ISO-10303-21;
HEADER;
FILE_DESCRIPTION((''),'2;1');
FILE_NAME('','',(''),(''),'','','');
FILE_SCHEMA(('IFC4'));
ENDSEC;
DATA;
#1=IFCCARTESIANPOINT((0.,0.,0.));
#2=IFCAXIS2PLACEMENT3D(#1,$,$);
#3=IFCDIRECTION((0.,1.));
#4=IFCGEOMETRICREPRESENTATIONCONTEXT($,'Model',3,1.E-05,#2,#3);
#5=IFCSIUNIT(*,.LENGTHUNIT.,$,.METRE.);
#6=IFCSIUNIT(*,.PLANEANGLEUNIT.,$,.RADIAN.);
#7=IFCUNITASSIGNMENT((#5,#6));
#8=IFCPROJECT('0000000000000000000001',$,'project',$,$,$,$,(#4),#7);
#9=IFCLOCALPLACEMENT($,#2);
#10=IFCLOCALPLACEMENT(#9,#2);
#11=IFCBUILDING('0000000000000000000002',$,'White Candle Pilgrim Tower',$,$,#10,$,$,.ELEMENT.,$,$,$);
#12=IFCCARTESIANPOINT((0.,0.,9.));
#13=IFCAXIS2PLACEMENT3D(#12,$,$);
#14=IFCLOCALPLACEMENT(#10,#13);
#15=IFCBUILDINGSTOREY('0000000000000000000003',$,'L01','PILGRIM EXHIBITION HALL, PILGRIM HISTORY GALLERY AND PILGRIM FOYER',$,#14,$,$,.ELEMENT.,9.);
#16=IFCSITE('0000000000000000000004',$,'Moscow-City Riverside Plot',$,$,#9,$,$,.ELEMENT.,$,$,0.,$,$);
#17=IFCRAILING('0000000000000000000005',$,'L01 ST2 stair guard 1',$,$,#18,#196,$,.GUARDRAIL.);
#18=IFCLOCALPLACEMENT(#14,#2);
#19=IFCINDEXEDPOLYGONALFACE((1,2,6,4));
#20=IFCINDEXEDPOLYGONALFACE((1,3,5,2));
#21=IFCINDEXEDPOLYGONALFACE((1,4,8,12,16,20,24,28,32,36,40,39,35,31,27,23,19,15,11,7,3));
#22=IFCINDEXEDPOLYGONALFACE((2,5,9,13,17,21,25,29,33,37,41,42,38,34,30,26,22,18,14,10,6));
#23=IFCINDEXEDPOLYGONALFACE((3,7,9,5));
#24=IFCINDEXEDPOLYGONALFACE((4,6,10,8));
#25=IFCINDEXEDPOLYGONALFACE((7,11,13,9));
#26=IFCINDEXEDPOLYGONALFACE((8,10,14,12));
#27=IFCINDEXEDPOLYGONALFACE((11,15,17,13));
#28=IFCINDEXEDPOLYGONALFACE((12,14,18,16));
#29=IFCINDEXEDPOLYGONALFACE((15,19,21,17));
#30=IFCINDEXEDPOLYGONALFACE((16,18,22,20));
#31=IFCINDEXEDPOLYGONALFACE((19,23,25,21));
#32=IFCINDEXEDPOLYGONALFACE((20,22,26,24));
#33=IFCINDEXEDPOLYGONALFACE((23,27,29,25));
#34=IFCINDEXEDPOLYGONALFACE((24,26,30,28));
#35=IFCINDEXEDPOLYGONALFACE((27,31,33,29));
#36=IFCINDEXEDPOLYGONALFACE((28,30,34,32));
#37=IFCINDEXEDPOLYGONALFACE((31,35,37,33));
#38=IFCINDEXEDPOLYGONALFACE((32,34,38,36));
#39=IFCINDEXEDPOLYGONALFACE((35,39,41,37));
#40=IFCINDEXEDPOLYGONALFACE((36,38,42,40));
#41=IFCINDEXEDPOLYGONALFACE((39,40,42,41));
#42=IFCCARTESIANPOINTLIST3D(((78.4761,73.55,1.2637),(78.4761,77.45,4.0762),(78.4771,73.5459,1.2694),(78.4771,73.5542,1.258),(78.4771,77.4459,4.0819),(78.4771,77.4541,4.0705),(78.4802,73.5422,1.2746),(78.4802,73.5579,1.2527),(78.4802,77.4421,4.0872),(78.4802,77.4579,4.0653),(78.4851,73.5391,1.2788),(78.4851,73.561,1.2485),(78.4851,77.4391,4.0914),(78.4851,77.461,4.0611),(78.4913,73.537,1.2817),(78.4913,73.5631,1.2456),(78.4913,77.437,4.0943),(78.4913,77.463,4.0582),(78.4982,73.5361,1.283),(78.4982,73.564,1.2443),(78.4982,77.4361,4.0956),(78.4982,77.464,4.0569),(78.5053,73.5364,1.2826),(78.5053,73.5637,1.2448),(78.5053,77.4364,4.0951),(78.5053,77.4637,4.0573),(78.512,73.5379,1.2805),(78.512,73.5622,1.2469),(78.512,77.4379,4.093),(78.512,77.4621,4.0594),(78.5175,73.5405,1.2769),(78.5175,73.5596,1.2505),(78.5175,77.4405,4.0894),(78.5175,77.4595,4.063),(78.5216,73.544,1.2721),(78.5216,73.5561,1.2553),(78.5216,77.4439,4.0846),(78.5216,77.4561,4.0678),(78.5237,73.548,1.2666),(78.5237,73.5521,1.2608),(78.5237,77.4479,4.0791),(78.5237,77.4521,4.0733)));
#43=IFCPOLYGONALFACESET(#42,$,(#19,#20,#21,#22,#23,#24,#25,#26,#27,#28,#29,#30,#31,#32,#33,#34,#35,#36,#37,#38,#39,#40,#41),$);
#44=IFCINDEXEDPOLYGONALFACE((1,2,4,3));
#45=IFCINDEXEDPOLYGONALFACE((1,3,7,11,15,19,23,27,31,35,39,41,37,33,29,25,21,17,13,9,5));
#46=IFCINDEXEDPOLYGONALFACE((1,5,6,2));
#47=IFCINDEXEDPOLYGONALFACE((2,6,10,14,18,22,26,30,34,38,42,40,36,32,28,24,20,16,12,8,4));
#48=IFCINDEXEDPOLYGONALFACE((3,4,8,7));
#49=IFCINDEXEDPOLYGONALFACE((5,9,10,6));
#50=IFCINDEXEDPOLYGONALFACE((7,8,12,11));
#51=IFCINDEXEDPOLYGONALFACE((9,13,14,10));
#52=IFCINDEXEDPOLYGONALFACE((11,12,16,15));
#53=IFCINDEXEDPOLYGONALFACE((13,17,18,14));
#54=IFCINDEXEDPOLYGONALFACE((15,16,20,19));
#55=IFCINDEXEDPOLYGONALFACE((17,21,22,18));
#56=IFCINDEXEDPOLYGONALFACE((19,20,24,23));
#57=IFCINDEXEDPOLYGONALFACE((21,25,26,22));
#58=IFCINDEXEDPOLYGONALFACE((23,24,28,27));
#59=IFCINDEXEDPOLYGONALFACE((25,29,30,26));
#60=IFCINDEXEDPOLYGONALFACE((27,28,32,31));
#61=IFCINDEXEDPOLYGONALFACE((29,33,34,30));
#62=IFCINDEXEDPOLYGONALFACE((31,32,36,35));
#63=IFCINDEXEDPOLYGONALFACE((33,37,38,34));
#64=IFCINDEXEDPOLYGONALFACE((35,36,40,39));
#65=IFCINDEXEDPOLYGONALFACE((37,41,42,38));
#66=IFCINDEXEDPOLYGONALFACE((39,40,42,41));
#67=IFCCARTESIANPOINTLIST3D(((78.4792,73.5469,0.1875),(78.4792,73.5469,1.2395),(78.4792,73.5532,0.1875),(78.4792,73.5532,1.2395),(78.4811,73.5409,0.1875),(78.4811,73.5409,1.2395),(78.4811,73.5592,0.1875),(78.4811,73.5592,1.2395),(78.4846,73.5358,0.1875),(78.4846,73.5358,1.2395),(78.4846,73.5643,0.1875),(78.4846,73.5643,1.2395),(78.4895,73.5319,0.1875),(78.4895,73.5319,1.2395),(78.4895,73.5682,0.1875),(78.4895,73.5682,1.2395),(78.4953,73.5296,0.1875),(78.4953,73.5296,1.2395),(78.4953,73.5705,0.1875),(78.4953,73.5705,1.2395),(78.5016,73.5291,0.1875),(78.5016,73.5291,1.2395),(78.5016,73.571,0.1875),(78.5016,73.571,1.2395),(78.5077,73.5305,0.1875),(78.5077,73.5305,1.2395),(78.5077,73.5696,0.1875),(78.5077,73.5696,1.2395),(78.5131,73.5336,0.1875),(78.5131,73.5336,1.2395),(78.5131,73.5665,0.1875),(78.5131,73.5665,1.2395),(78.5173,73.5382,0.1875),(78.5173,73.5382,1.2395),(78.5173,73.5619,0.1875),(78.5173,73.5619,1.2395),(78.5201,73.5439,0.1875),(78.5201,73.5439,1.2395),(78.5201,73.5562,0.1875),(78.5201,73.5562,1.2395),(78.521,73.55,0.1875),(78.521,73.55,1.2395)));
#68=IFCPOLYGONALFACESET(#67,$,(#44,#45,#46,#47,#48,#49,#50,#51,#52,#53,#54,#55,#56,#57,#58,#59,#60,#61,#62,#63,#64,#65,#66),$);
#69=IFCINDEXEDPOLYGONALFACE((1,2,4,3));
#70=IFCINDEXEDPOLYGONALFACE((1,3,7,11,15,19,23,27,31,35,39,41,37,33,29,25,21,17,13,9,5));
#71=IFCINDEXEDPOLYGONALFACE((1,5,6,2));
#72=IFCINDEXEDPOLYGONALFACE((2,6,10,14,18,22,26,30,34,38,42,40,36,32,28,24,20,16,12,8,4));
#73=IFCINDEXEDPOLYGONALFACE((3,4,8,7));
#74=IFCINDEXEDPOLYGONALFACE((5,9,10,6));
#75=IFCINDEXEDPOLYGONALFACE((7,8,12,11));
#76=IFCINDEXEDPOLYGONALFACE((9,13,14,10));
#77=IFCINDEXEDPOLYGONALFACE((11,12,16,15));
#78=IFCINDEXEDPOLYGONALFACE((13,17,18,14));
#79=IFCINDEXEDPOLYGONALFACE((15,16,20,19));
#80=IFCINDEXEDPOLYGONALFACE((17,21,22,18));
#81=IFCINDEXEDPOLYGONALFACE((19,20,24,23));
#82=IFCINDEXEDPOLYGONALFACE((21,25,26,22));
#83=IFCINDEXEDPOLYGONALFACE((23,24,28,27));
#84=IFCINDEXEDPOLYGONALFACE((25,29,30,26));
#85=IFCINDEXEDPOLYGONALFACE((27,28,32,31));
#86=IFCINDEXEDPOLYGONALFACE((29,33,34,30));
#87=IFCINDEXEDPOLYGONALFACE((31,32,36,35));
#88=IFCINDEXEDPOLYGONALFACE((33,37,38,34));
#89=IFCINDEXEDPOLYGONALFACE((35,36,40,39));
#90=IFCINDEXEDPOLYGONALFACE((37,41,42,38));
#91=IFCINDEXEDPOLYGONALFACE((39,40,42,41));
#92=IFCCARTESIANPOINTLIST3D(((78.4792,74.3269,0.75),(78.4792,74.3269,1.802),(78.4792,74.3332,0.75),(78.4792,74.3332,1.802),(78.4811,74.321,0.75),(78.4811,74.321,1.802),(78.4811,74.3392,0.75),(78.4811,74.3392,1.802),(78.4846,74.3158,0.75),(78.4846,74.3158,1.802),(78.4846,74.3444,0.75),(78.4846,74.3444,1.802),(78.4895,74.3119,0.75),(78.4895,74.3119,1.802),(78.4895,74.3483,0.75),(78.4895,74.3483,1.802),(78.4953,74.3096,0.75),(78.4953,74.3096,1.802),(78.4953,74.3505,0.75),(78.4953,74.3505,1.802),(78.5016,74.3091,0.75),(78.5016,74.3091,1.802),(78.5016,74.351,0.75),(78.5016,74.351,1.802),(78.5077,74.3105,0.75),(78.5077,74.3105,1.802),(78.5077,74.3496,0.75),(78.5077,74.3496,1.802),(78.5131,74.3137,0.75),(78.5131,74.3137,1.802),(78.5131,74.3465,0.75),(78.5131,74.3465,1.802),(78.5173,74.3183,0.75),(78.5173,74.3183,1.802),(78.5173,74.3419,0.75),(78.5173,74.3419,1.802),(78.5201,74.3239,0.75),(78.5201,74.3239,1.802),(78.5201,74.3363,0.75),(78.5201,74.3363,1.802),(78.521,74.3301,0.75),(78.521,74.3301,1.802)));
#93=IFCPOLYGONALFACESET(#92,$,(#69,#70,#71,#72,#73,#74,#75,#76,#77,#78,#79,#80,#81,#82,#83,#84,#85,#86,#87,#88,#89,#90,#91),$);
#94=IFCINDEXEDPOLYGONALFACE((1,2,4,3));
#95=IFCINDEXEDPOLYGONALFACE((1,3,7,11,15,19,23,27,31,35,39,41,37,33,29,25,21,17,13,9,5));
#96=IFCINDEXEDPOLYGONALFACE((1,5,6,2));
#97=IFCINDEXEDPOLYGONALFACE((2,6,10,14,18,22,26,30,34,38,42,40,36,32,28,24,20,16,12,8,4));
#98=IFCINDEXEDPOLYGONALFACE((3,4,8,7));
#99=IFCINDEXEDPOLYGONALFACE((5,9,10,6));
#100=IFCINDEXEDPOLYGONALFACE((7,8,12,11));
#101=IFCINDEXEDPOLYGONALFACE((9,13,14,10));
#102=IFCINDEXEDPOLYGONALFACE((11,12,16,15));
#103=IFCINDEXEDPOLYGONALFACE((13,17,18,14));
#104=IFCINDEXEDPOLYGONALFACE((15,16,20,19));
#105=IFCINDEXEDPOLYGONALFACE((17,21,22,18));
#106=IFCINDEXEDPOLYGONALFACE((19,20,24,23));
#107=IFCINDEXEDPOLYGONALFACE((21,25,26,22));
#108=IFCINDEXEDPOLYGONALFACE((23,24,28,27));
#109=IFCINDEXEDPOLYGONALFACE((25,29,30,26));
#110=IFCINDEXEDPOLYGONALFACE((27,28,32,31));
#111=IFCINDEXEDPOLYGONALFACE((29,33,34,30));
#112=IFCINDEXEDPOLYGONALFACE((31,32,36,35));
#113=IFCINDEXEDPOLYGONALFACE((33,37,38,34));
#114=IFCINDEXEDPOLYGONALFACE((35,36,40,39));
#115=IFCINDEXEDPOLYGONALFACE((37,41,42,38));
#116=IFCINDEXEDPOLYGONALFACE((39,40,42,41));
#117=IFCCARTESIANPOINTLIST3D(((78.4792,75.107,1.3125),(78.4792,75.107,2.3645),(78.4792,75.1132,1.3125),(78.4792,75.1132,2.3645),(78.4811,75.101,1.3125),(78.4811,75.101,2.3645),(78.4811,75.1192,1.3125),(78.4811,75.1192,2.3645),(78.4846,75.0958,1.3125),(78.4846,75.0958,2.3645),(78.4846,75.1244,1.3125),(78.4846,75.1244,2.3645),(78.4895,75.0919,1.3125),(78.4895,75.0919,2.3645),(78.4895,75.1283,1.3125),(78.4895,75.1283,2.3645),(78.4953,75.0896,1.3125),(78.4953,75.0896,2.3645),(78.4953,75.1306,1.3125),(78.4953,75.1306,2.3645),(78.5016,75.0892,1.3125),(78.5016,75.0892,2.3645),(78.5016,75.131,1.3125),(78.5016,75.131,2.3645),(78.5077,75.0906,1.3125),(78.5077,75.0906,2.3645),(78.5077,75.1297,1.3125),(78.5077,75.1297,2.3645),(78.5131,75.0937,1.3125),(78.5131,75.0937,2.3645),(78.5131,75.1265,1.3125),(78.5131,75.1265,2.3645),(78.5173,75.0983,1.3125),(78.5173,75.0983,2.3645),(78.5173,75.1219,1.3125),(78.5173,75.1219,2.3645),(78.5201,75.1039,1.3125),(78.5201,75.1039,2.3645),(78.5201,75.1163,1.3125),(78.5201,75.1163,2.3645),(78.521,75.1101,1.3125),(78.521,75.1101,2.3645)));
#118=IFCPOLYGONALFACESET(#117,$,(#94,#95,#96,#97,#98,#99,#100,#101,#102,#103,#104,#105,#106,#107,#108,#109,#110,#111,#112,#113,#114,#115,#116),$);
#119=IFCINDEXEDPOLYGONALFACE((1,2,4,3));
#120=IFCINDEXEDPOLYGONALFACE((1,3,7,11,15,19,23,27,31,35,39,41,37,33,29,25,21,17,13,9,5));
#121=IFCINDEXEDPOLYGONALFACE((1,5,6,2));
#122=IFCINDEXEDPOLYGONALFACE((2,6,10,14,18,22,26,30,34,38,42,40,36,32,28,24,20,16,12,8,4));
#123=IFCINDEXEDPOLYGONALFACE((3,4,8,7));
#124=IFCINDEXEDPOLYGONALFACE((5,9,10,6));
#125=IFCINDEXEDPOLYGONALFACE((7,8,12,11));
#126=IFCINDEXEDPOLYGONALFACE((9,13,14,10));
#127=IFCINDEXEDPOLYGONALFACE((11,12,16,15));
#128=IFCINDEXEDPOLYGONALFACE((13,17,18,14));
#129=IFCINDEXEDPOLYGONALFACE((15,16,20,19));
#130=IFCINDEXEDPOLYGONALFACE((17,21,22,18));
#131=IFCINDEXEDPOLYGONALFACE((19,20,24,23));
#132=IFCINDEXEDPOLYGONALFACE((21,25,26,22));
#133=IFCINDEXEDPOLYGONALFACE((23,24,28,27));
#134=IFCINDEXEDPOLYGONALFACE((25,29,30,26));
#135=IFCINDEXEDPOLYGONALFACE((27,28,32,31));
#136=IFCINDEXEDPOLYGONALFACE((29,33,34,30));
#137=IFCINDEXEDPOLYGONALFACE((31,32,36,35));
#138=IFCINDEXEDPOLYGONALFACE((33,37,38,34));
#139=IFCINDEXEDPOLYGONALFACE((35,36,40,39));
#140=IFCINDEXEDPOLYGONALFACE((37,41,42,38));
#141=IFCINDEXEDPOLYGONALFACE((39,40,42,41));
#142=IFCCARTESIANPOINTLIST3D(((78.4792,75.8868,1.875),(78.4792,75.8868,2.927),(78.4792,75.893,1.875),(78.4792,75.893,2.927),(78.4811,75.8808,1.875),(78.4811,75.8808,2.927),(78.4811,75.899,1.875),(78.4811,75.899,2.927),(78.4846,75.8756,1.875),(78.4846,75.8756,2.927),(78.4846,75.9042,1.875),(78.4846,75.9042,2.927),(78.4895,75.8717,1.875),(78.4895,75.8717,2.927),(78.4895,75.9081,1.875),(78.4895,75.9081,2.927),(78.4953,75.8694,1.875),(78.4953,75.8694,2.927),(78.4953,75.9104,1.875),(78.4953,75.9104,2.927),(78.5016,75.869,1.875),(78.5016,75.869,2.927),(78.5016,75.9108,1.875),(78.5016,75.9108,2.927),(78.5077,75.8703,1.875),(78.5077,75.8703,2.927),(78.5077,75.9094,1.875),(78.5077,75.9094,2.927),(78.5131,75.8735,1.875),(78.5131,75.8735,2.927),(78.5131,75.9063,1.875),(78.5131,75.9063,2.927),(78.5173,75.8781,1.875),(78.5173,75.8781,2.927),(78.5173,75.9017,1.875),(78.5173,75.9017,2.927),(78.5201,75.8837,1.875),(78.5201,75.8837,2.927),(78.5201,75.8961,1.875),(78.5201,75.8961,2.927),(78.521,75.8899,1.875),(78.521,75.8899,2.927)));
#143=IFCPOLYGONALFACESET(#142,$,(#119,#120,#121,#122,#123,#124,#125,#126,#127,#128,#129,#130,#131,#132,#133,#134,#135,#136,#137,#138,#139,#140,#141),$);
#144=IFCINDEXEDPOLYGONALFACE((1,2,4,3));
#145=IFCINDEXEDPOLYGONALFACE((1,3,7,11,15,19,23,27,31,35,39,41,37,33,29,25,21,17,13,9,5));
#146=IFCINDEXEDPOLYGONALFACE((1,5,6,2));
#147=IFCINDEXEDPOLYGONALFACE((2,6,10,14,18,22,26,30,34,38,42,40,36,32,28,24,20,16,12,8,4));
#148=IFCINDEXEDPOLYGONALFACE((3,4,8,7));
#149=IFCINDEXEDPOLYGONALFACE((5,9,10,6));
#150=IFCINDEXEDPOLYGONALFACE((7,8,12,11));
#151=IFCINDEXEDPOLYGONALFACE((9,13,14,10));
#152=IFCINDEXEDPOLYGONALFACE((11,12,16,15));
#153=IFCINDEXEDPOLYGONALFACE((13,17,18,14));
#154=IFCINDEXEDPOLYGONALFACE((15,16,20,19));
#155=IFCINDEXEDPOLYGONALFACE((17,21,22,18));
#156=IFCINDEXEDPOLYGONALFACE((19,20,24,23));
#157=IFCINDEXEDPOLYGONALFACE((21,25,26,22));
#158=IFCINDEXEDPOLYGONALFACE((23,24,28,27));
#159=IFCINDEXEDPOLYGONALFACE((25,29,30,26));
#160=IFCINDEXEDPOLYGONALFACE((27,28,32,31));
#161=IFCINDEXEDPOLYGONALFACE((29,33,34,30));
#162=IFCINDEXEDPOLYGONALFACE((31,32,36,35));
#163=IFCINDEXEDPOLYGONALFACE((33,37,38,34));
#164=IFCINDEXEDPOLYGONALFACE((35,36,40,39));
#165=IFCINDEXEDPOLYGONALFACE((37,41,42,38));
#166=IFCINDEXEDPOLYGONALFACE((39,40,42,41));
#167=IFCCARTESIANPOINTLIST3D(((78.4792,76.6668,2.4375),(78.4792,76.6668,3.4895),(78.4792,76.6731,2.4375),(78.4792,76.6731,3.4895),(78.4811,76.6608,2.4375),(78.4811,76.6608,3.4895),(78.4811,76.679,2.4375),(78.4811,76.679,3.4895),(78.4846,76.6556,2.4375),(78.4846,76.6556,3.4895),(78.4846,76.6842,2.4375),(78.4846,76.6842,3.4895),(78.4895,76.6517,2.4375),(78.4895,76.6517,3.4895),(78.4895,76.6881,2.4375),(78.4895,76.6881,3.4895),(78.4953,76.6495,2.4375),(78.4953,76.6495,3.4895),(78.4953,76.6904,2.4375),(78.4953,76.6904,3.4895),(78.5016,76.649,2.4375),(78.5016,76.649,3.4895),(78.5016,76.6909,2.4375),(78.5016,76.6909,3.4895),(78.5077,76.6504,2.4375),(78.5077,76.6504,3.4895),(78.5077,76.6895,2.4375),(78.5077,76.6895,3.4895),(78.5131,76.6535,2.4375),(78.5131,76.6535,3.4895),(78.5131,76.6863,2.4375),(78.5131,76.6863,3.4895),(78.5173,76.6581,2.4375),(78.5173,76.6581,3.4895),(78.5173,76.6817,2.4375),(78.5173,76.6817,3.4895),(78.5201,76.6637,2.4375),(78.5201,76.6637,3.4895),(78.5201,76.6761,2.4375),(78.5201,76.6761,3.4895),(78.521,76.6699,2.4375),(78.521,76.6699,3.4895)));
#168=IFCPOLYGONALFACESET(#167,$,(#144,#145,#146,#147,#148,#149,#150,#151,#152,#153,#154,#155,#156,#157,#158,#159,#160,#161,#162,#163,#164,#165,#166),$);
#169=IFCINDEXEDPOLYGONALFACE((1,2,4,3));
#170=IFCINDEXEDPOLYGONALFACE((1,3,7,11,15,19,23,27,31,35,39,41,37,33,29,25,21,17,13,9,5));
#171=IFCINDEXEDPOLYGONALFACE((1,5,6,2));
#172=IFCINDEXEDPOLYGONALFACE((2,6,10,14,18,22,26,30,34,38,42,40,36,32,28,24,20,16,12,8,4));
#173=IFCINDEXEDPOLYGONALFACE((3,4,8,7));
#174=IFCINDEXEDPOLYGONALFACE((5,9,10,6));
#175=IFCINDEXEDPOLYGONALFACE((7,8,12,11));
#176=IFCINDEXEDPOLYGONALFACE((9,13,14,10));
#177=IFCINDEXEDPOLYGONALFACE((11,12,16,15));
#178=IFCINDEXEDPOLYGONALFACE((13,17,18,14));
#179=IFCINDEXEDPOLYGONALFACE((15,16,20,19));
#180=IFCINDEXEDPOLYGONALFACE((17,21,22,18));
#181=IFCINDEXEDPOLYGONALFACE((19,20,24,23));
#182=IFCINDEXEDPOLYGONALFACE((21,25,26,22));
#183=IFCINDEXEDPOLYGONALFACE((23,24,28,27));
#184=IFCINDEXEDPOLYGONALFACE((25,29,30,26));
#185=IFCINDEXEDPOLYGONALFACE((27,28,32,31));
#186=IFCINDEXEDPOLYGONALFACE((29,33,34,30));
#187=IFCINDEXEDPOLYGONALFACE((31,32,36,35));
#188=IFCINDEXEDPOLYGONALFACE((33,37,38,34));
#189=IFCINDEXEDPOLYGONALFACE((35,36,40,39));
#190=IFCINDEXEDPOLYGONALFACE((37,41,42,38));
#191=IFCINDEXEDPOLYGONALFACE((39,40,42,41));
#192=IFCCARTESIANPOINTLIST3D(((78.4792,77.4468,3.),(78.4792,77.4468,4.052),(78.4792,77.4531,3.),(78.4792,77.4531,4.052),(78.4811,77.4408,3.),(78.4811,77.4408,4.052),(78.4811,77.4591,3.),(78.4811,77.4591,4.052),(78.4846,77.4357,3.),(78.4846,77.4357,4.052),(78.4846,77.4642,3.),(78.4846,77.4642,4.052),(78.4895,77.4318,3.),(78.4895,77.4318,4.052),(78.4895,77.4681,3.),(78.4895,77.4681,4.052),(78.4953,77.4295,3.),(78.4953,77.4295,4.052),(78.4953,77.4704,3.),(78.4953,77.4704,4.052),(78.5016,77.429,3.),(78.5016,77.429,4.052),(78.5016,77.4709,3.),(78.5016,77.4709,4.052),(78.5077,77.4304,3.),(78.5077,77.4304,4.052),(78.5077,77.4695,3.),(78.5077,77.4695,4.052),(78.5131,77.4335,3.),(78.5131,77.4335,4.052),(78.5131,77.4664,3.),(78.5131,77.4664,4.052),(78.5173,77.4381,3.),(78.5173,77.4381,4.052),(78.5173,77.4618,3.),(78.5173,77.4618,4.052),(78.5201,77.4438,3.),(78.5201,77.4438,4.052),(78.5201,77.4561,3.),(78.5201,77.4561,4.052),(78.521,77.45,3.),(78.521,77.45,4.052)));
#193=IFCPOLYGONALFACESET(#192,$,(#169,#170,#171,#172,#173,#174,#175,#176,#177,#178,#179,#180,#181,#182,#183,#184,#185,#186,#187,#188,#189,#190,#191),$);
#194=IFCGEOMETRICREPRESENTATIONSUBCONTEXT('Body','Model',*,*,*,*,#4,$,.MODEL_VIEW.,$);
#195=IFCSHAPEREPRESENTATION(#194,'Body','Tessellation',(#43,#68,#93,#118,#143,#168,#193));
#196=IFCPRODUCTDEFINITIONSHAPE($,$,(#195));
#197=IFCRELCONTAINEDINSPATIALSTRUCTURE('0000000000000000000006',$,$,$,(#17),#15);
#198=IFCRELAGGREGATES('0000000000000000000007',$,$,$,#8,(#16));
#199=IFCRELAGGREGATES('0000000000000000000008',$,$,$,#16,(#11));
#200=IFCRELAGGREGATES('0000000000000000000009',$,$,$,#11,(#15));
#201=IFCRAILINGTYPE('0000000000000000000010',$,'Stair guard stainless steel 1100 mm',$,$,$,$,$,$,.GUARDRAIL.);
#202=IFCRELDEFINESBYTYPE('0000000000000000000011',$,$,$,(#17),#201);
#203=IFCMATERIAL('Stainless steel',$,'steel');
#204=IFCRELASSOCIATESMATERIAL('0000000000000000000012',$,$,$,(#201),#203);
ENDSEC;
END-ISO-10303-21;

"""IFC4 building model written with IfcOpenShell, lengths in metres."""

from ifc_helpers import new_model, si_unit, direction, frame, origin, origin_2d, place, context, subcontext, project, spatial, circle, extrude, material, type_object, element, save


model = new_model("IFC4")

# Units and contexts
model_context = context("Model", 3, precision=1e-05, world=origin(), true_north=direction((0.0, 1.0)))
body_context = subcontext(model_context, "Body", "Model", "MODEL_VIEW")
ifc_project = project(units=[si_unit("LENGTHUNIT", "METRE"), si_unit("PLANEANGLEUNIT", "RADIAN")], contexts=[model_context])

# Site, building, storey
site_placement = place(None, origin())
site = spatial("IfcSite", under=ifc_project, at=site_placement, Name="Moscow-City Riverside Plot", CompositionType="ELEMENT", RefElevation=0.0)
building_placement = place(site_placement, origin())
building = spatial("IfcBuilding", under=site, at=building_placement, Name="White Candle Pilgrim Tower", CompositionType="ELEMENT")
storey_placement = place(building_placement, frame((0.0, 0.0, 9.0)))
storey = spatial("IfcBuildingStorey", under=building, at=storey_placement, Name="L01", Description="PILGRIM EXHIBITION HALL, PILGRIM HISTORY GALLERY AND PILGRIM FOYER", CompositionType="ELEMENT", Elevation=9.0)

# Railing
ifc_material_1 = material(Name="Stainless steel", Category="steel")
railing_type_1 = type_object("IfcRailingType", Name="Stair guard stainless steel 1100 mm", PredefinedType="GUARDRAIL", material=ifc_material_1)
railing_1_placement = place(storey_placement, frame((78.5, 73.55, 0.1875)))
element("IfcRailing", 1, at=railing_1_placement, inside=storey, type_object=railing_type_1, Name="L01 ST2 stair guard 1", PredefinedType="GUARDRAIL", context=body_context, shape_type="SweptSolid", body=[
    extrude(circle(Radius=0.0239, at=origin_2d()), frame((0.0, 0.0, 1.0762), z_axis=(0.0, 0.811083, 0.584931), x_axis=(-1.0, 0.0, 0.0)), (0.0, 0.0, 1.0), 4.8083),
    extrude(circle(Radius=0.021, at=origin_2d()), origin(), (0.0, 0.0, 1.0), 1.052),
    extrude(circle(Radius=0.021, at=origin_2d()), frame((0.0, 0.78, 0.5625)), (0.0, 0.0, 1.0), 1.052),
    extrude(circle(Radius=0.021, at=origin_2d()), frame((0.0, 1.5601, 1.125)), (0.0, 0.0, 1.0), 1.052),
    extrude(circle(Radius=0.021, at=origin_2d()), frame((0.0, 2.3398, 1.6875)), (0.0, 0.0, 1.0), 1.052),
    extrude(circle(Radius=0.021, at=origin_2d()), frame((0.0, 3.1199, 2.25)), (0.0, 0.0, 1.0), 1.052),
    extrude(circle(Radius=0.021, at=origin_2d()), frame((0.0, 3.8999, 2.8125)), (0.0, 0.0, 1.0), 1.052),
])

save(model, "model.ifc")
